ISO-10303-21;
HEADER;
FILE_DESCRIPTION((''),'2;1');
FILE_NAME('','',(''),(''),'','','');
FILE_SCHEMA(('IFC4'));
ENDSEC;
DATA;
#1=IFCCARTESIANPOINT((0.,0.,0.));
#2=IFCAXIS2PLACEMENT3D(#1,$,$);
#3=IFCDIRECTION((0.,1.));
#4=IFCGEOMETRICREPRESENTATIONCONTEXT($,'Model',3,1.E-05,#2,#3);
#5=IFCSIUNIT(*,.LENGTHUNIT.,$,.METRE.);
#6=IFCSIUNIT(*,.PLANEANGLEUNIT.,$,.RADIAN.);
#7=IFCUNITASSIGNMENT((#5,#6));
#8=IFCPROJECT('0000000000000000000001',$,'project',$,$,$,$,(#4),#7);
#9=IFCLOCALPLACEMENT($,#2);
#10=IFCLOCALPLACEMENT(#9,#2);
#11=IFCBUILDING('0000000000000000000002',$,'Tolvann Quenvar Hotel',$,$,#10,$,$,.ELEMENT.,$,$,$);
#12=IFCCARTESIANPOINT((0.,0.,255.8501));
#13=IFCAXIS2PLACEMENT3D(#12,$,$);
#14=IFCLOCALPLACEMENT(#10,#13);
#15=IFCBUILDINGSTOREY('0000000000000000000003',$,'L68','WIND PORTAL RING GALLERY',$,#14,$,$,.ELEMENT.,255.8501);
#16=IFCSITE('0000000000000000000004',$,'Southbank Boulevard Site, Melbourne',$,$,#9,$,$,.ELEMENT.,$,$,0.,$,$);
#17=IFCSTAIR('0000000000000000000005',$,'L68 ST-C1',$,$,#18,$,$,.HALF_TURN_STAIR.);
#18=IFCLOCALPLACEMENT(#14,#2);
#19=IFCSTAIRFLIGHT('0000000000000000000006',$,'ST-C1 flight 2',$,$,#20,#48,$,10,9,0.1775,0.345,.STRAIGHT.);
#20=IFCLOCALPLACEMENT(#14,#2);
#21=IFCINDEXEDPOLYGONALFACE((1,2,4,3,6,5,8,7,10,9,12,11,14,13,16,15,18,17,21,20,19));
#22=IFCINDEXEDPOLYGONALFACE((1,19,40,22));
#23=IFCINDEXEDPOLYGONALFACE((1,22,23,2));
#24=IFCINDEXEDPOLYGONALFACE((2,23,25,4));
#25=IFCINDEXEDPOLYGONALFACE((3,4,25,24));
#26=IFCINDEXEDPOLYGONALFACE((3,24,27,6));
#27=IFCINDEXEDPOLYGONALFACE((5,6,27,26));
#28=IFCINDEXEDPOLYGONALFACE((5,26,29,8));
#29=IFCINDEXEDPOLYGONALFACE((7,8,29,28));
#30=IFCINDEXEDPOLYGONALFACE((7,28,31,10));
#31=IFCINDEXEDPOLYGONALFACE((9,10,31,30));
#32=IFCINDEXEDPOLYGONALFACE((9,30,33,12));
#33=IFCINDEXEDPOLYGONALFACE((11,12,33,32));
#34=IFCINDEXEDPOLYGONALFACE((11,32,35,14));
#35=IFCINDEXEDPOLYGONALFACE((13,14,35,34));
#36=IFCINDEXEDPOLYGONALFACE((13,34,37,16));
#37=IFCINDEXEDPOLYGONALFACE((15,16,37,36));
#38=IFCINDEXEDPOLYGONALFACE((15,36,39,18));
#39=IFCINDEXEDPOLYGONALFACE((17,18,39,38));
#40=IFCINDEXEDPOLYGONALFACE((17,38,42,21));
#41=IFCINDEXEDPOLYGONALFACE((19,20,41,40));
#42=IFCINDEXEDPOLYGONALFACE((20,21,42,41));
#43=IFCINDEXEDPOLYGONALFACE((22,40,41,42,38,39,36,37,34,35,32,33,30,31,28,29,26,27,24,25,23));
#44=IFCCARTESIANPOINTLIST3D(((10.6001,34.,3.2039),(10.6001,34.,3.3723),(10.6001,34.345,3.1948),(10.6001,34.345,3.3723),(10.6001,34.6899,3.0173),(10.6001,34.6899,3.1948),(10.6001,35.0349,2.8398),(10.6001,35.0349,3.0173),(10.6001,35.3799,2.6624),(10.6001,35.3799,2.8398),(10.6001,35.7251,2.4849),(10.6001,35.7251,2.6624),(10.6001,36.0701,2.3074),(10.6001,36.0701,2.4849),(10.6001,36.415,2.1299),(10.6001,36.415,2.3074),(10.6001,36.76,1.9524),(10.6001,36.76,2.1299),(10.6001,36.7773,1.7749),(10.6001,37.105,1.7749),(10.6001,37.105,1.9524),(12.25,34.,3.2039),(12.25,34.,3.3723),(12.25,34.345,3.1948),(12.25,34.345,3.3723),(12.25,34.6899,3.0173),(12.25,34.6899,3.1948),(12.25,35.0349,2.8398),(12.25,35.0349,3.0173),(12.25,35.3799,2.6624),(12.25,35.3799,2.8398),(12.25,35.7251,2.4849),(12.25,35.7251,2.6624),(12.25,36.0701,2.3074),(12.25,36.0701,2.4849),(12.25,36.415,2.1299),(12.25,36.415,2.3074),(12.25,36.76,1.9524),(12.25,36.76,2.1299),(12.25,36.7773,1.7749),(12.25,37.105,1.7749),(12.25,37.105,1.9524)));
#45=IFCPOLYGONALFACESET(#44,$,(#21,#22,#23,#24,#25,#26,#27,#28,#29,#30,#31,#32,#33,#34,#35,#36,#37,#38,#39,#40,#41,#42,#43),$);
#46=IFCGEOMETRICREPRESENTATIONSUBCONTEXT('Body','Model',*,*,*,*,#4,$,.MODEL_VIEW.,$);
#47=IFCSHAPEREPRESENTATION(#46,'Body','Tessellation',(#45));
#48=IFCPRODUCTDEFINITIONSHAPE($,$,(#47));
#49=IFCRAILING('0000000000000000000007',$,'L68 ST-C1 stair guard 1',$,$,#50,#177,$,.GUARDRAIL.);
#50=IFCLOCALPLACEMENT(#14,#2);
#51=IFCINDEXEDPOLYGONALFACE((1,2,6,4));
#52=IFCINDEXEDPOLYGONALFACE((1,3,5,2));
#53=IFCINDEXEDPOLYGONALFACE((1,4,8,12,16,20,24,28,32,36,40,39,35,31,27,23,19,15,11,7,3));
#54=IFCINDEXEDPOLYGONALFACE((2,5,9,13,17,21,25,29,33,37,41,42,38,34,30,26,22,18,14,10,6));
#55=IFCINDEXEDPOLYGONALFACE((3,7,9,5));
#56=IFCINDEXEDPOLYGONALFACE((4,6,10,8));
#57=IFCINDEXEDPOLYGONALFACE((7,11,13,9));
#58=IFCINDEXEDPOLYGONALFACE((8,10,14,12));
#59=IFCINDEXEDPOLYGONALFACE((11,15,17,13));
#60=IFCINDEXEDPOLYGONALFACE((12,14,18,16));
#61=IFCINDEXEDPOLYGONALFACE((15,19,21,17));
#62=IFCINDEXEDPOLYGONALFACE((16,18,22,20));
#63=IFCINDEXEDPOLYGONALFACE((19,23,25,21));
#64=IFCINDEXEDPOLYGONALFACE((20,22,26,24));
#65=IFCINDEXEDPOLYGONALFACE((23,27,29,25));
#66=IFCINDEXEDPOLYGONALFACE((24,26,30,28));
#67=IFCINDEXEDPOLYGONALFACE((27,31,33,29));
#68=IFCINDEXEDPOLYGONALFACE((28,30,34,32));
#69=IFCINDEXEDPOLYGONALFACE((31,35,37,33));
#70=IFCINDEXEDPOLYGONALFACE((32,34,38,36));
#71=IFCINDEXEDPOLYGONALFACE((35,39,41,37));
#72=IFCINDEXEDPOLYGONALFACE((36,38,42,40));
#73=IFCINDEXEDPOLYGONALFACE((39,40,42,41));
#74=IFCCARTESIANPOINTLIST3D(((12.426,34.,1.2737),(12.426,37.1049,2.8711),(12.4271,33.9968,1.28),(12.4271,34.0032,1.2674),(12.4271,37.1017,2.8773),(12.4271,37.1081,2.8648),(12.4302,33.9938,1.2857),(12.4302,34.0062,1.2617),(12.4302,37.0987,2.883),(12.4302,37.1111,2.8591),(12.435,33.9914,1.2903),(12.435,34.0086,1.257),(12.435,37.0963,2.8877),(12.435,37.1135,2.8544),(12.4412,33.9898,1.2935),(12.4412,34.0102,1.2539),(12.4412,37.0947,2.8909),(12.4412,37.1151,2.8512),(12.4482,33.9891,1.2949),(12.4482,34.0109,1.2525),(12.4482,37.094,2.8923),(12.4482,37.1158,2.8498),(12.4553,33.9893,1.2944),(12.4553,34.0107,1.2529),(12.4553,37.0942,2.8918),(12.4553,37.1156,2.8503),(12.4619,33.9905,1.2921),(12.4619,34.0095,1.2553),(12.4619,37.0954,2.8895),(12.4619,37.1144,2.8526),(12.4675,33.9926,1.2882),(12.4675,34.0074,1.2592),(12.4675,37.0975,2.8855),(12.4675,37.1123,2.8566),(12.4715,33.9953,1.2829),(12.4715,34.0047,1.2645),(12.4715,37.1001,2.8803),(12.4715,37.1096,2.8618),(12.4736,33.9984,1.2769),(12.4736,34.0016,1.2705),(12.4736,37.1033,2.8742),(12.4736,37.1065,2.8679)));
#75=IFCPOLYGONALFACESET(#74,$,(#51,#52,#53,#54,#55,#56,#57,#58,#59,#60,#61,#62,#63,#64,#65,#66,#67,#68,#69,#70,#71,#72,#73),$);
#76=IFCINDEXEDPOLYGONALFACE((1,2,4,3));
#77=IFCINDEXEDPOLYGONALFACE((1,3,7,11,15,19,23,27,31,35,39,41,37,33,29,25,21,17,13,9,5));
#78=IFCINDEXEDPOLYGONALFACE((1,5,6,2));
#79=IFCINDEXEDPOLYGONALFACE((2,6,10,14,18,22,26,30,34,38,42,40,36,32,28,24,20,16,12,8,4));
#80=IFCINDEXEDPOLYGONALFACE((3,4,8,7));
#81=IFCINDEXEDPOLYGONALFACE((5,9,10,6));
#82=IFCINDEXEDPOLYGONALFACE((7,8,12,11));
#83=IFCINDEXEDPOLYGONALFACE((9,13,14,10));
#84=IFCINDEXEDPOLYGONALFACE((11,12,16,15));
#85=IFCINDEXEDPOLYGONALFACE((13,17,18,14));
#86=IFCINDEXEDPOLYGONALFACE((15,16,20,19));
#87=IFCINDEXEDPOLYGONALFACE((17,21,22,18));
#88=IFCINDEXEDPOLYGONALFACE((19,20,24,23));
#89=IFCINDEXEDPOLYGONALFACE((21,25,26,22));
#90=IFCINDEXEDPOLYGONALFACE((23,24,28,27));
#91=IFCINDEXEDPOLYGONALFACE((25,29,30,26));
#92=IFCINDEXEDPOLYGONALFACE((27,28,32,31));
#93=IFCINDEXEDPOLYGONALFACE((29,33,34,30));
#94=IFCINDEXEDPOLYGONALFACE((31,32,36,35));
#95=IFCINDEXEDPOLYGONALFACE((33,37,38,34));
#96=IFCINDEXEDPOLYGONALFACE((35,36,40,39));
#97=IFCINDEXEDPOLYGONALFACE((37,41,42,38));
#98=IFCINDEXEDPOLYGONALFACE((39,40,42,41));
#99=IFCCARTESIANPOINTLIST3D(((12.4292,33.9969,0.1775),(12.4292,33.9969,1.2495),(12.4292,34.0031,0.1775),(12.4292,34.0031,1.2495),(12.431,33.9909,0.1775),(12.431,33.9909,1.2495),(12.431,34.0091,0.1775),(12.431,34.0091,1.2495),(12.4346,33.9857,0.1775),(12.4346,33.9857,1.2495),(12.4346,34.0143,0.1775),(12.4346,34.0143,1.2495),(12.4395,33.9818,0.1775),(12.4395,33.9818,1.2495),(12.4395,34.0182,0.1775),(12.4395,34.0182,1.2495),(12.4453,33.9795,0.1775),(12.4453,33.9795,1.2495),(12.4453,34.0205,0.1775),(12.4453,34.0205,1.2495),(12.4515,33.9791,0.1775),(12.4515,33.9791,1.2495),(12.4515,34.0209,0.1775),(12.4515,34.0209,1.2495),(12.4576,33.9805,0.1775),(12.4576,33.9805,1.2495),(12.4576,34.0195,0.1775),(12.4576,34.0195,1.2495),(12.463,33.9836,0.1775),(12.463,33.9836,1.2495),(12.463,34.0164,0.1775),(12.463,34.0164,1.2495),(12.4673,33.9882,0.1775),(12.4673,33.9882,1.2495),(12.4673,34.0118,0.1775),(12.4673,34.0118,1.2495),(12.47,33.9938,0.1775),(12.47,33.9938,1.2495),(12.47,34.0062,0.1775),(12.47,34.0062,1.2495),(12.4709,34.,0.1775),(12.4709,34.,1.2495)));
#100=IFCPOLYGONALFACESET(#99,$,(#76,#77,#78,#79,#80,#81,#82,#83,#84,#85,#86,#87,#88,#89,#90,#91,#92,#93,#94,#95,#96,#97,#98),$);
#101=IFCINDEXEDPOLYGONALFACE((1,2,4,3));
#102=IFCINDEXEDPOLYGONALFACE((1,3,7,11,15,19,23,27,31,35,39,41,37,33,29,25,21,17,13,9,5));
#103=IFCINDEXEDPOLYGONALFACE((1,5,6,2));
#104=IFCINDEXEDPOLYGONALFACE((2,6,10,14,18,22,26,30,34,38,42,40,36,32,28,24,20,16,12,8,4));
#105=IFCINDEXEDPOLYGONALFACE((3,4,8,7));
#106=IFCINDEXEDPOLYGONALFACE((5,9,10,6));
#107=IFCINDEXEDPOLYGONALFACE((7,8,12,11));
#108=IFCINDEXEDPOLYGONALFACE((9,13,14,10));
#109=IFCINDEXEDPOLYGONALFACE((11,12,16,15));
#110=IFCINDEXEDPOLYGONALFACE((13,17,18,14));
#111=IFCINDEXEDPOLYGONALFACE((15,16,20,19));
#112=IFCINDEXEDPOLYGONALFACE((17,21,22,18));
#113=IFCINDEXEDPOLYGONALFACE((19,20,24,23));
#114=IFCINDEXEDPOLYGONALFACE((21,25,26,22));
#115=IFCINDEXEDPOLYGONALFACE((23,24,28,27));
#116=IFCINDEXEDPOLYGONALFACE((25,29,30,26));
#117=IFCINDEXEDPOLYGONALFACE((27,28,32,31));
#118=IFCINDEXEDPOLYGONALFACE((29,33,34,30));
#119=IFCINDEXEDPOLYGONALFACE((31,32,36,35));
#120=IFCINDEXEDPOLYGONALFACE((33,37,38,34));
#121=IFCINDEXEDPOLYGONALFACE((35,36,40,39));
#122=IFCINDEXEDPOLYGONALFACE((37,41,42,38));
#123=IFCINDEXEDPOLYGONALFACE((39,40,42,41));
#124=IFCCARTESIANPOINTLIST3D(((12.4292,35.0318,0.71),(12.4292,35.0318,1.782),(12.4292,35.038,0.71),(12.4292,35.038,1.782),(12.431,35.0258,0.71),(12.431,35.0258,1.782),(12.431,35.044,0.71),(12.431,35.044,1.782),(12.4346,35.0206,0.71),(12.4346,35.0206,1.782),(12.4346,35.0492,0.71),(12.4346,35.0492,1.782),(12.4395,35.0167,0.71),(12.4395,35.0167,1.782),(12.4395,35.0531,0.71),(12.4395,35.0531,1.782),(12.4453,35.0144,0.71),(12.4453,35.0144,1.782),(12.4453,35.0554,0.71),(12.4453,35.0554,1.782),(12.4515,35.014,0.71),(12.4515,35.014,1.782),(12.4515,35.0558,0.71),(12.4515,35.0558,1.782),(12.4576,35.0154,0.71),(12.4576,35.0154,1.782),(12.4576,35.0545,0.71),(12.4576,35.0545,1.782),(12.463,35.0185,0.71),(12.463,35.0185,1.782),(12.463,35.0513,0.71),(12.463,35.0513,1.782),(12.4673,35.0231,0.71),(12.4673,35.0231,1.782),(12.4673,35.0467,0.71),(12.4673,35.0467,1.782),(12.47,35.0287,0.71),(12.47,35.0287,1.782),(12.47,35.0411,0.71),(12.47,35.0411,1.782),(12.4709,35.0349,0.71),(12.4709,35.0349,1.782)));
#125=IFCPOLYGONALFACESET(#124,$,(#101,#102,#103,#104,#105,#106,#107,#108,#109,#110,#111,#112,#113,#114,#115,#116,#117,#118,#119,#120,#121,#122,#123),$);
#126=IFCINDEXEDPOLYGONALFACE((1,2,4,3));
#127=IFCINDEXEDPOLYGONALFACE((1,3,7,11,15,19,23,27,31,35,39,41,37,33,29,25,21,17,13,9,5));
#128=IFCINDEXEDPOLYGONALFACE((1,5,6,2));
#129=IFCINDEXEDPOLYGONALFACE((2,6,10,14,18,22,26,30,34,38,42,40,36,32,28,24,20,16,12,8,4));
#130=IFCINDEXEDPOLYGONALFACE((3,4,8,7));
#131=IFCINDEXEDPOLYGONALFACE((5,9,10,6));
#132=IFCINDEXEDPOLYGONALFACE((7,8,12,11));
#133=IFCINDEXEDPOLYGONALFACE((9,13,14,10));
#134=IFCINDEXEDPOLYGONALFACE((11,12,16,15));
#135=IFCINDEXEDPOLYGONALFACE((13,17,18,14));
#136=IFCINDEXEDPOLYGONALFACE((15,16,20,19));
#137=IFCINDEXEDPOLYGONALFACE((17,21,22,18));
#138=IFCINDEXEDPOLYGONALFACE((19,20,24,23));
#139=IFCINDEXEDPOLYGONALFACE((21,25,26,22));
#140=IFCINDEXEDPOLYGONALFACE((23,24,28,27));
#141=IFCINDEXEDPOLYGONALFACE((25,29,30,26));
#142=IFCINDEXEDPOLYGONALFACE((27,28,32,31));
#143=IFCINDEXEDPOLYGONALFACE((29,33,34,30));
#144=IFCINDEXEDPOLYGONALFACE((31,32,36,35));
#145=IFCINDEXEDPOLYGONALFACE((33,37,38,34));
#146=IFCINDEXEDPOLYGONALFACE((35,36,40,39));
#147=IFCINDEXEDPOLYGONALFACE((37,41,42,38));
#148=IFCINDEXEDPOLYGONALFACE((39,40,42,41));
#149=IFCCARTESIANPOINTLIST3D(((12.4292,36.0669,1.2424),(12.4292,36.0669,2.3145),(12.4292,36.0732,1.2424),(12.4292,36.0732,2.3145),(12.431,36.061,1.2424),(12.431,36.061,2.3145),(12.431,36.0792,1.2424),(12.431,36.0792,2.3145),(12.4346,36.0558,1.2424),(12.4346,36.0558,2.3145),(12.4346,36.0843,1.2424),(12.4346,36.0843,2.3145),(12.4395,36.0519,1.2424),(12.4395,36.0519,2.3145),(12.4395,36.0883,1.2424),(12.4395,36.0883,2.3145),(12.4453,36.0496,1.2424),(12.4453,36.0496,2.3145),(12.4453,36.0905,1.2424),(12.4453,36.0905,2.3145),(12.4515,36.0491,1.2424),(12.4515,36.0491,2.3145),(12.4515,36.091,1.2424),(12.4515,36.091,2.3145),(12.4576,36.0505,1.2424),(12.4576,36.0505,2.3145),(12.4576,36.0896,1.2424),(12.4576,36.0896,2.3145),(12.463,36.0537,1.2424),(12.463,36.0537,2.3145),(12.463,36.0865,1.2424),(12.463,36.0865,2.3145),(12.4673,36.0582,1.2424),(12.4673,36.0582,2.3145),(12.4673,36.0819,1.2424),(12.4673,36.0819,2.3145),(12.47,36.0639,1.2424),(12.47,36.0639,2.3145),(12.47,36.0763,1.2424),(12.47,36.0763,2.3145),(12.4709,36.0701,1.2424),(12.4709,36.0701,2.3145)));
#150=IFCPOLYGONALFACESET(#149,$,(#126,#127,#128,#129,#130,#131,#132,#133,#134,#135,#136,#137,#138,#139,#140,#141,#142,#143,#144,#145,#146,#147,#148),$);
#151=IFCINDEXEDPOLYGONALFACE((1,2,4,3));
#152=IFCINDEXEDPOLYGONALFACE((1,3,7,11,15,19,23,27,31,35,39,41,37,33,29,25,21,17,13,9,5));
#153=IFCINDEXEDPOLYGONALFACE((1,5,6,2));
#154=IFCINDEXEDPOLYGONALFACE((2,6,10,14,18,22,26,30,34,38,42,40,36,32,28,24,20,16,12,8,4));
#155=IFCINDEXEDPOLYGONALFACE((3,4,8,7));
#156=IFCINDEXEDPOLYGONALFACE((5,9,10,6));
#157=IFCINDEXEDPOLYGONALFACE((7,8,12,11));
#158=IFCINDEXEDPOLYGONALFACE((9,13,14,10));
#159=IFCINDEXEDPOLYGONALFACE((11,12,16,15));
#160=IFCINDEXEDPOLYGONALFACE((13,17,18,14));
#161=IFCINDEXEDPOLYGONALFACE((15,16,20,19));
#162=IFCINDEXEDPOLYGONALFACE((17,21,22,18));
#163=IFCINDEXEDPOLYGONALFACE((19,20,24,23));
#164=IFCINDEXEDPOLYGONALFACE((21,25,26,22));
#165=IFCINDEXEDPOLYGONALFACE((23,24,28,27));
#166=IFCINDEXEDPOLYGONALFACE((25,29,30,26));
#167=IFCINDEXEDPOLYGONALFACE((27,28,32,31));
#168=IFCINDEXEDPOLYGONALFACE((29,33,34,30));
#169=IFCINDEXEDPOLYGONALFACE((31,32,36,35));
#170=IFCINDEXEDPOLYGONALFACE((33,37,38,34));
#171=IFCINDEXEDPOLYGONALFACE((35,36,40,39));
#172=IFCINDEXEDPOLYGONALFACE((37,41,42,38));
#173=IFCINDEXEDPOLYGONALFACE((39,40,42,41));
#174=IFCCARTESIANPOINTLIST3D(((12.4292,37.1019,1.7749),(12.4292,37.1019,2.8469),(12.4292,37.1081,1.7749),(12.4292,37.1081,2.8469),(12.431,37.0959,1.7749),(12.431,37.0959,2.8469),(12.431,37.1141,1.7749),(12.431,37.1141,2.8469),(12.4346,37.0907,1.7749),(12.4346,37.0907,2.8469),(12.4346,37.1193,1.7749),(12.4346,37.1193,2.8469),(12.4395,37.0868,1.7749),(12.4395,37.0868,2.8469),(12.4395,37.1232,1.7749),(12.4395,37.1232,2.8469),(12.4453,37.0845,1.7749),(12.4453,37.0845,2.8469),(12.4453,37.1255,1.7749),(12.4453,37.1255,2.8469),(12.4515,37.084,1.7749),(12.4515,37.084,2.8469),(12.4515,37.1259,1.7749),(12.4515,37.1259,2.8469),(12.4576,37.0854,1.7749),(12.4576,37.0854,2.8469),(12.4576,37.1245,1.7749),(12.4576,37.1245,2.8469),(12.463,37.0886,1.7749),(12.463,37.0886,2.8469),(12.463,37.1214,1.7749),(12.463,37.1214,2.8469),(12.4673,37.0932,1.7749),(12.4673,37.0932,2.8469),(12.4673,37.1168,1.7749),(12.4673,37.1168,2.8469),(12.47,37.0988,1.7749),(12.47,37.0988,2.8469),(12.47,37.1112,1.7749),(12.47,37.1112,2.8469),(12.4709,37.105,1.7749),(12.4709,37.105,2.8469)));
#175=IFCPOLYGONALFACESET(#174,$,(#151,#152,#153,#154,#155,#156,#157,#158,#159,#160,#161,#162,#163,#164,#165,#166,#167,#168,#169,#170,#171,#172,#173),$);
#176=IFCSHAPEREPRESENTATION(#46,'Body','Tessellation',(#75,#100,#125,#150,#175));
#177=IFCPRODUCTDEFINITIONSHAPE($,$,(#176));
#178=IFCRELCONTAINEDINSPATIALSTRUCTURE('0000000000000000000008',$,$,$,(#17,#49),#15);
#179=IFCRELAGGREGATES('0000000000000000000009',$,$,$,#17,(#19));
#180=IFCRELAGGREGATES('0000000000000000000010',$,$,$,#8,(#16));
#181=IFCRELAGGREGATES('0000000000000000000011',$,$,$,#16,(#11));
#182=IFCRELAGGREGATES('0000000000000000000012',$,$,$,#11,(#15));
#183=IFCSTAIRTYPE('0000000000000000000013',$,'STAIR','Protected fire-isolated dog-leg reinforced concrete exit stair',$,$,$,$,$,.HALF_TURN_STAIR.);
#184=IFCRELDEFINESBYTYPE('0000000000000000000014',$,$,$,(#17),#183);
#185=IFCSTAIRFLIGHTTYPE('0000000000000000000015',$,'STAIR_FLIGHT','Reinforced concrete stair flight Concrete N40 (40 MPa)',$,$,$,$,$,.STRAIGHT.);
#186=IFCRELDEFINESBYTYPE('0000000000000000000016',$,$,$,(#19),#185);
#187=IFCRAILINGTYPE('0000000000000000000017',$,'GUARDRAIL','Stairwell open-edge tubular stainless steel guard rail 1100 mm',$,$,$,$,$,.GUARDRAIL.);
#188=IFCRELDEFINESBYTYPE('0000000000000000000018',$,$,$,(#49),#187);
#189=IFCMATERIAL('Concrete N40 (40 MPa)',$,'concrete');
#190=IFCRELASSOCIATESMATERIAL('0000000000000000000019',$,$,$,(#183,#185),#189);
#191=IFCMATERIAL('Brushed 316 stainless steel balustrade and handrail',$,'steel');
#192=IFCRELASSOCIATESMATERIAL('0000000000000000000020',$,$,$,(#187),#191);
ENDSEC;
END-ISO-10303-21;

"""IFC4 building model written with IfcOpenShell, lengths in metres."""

from ifc_helpers import new_model, si_unit, direction, frame, origin, origin_2d, place, context, subcontext, project, spatial, polyline, circle, outline, extrude, material, type_object, element, aggregate, save


model = new_model("IFC4")

# Units and contexts
model_context = context("Model", 3, precision=1e-05, world=origin(), true_north=direction((0.0, 1.0)))
body_context = subcontext(model_context, "Body", "Model", "MODEL_VIEW")
ifc_project = project(units=[si_unit("LENGTHUNIT", "METRE"), si_unit("PLANEANGLEUNIT", "RADIAN")], contexts=[model_context])

# Site, building, storey
site_placement = place(None, origin())
site = spatial("IfcSite", under=ifc_project, at=site_placement, Name="Southbank Boulevard Site, Melbourne", CompositionType="ELEMENT", RefElevation=0.0)
building_placement = place(site_placement, origin())
building = spatial("IfcBuilding", under=site, at=building_placement, Name="Tolvann Quenvar Hotel", CompositionType="ELEMENT")
storey_placement = place(building_placement, frame((0.0, 0.0, 255.8501)))
storey = spatial("IfcBuildingStorey", under=building, at=storey_placement, Name="L68", Description="WIND PORTAL RING GALLERY", CompositionType="ELEMENT", Elevation=255.8501)

# Shared definitions
ifc_material_1 = material(Name="Concrete N40 (40 MPa)", Category="concrete")

# Stair, stair flight
stair_type = type_object("IfcStairType", Name="STAIR", Description="Protected fire-isolated dog-leg reinforced concrete exit stair", PredefinedType="HALF_TURN_STAIR", material=ifc_material_1)
stair_placement = place(storey_placement, origin())
stair = element("IfcStair", 1, at=stair_placement, inside=storey, type_object=stair_type, Name="L68 ST-C1", PredefinedType="HALF_TURN_STAIR")
stair_flight_type = type_object("IfcStairFlightType", Name="STAIR_FLIGHT", Description="Reinforced concrete stair flight Concrete N40 (40 MPa)", PredefinedType="STRAIGHT", material=ifc_material_1)
stair_flight_1_placement = place(storey_placement, frame((11.425, 37.105, 1.7749), z_axis=(0.0, 0.0, 1.0), x_axis=(0.0, -1.0, 0.0)))
stair_flight_1 = element("IfcStairFlight", 2, at=stair_flight_1_placement, type_object=stair_flight_type, Name="ST-C1 flight 2", NumberOfRisers=10, NumberOfTreads=9, PredefinedType="STRAIGHT", RiserHeight=0.1775, TreadLength=0.345, context=body_context, shape_type="SweptSolid", body=[
    extrude(outline(polyline([(0.0, 0.0), (0.0, 0.1775), (0.345, 0.1775), (0.345, 0.355), (0.6899, 0.355), (0.6899, 0.5325), (1.0349, 0.5325), (1.0349, 0.71), (1.3799, 0.71), (1.3799, 0.8875), (1.7251, 0.8875), (1.7251, 1.0649), (2.0701, 1.0649), (2.0701, 1.2424), (2.415, 1.2424), (2.415, 1.4199), (2.76, 1.4199), (2.76, 1.5974), (3.105, 1.5974), (3.105, 1.7749), (3.105, 1.429), (0.3276, 0.0), (0.0, 0.0)])), frame((0.0, 0.825, 0.0), z_axis=(0.0, -1.0, 0.0), x_axis=(1.0, 0.0, 0.0)), (0.0, 0.0, 1.0), 1.6499),
])
aggregate(stair, [stair_flight_1])

# Railing
ifc_material_2 = material(Name="Brushed 316 stainless steel balustrade and handrail", Category="steel")
railing_type_1 = type_object("IfcRailingType", Name="GUARDRAIL", Description="Stairwell open-edge tubular stainless steel guard rail 1100 mm", PredefinedType="GUARDRAIL", material=ifc_material_2)
railing_1_placement = place(storey_placement, frame((12.45, 34.0, 0.1775)))
element("IfcRailing", 3, at=railing_1_placement, inside=storey, type_object=railing_type_1, Name="L68 ST-C1 stair guard 1", PredefinedType="GUARDRAIL", context=body_context, shape_type="SweptSolid", body=[
    extrude(circle(Radius=0.0239, at=origin_2d()), frame((0.0, 0.0, 1.0962), z_axis=(0.0, 0.889222, 0.457476), x_axis=(-1.0, 0.0, 0.0)), (0.0, 0.0, 1.0), 3.4917),
    extrude(circle(Radius=0.021, at=origin_2d()), origin(), (0.0, 0.0, 1.0), 1.072),
    extrude(circle(Radius=0.021, at=origin_2d()), frame((0.0, 1.0349, 0.5325)), (0.0, 0.0, 1.0), 1.072),
    extrude(circle(Radius=0.021, at=origin_2d()), frame((0.0, 2.0701, 1.0649)), (0.0, 0.0, 1.0), 1.072),
    extrude(circle(Radius=0.021, at=origin_2d()), frame((0.0, 3.105, 1.5974)), (0.0, 0.0, 1.0), 1.072),
])

save(model, "model.ifc")
